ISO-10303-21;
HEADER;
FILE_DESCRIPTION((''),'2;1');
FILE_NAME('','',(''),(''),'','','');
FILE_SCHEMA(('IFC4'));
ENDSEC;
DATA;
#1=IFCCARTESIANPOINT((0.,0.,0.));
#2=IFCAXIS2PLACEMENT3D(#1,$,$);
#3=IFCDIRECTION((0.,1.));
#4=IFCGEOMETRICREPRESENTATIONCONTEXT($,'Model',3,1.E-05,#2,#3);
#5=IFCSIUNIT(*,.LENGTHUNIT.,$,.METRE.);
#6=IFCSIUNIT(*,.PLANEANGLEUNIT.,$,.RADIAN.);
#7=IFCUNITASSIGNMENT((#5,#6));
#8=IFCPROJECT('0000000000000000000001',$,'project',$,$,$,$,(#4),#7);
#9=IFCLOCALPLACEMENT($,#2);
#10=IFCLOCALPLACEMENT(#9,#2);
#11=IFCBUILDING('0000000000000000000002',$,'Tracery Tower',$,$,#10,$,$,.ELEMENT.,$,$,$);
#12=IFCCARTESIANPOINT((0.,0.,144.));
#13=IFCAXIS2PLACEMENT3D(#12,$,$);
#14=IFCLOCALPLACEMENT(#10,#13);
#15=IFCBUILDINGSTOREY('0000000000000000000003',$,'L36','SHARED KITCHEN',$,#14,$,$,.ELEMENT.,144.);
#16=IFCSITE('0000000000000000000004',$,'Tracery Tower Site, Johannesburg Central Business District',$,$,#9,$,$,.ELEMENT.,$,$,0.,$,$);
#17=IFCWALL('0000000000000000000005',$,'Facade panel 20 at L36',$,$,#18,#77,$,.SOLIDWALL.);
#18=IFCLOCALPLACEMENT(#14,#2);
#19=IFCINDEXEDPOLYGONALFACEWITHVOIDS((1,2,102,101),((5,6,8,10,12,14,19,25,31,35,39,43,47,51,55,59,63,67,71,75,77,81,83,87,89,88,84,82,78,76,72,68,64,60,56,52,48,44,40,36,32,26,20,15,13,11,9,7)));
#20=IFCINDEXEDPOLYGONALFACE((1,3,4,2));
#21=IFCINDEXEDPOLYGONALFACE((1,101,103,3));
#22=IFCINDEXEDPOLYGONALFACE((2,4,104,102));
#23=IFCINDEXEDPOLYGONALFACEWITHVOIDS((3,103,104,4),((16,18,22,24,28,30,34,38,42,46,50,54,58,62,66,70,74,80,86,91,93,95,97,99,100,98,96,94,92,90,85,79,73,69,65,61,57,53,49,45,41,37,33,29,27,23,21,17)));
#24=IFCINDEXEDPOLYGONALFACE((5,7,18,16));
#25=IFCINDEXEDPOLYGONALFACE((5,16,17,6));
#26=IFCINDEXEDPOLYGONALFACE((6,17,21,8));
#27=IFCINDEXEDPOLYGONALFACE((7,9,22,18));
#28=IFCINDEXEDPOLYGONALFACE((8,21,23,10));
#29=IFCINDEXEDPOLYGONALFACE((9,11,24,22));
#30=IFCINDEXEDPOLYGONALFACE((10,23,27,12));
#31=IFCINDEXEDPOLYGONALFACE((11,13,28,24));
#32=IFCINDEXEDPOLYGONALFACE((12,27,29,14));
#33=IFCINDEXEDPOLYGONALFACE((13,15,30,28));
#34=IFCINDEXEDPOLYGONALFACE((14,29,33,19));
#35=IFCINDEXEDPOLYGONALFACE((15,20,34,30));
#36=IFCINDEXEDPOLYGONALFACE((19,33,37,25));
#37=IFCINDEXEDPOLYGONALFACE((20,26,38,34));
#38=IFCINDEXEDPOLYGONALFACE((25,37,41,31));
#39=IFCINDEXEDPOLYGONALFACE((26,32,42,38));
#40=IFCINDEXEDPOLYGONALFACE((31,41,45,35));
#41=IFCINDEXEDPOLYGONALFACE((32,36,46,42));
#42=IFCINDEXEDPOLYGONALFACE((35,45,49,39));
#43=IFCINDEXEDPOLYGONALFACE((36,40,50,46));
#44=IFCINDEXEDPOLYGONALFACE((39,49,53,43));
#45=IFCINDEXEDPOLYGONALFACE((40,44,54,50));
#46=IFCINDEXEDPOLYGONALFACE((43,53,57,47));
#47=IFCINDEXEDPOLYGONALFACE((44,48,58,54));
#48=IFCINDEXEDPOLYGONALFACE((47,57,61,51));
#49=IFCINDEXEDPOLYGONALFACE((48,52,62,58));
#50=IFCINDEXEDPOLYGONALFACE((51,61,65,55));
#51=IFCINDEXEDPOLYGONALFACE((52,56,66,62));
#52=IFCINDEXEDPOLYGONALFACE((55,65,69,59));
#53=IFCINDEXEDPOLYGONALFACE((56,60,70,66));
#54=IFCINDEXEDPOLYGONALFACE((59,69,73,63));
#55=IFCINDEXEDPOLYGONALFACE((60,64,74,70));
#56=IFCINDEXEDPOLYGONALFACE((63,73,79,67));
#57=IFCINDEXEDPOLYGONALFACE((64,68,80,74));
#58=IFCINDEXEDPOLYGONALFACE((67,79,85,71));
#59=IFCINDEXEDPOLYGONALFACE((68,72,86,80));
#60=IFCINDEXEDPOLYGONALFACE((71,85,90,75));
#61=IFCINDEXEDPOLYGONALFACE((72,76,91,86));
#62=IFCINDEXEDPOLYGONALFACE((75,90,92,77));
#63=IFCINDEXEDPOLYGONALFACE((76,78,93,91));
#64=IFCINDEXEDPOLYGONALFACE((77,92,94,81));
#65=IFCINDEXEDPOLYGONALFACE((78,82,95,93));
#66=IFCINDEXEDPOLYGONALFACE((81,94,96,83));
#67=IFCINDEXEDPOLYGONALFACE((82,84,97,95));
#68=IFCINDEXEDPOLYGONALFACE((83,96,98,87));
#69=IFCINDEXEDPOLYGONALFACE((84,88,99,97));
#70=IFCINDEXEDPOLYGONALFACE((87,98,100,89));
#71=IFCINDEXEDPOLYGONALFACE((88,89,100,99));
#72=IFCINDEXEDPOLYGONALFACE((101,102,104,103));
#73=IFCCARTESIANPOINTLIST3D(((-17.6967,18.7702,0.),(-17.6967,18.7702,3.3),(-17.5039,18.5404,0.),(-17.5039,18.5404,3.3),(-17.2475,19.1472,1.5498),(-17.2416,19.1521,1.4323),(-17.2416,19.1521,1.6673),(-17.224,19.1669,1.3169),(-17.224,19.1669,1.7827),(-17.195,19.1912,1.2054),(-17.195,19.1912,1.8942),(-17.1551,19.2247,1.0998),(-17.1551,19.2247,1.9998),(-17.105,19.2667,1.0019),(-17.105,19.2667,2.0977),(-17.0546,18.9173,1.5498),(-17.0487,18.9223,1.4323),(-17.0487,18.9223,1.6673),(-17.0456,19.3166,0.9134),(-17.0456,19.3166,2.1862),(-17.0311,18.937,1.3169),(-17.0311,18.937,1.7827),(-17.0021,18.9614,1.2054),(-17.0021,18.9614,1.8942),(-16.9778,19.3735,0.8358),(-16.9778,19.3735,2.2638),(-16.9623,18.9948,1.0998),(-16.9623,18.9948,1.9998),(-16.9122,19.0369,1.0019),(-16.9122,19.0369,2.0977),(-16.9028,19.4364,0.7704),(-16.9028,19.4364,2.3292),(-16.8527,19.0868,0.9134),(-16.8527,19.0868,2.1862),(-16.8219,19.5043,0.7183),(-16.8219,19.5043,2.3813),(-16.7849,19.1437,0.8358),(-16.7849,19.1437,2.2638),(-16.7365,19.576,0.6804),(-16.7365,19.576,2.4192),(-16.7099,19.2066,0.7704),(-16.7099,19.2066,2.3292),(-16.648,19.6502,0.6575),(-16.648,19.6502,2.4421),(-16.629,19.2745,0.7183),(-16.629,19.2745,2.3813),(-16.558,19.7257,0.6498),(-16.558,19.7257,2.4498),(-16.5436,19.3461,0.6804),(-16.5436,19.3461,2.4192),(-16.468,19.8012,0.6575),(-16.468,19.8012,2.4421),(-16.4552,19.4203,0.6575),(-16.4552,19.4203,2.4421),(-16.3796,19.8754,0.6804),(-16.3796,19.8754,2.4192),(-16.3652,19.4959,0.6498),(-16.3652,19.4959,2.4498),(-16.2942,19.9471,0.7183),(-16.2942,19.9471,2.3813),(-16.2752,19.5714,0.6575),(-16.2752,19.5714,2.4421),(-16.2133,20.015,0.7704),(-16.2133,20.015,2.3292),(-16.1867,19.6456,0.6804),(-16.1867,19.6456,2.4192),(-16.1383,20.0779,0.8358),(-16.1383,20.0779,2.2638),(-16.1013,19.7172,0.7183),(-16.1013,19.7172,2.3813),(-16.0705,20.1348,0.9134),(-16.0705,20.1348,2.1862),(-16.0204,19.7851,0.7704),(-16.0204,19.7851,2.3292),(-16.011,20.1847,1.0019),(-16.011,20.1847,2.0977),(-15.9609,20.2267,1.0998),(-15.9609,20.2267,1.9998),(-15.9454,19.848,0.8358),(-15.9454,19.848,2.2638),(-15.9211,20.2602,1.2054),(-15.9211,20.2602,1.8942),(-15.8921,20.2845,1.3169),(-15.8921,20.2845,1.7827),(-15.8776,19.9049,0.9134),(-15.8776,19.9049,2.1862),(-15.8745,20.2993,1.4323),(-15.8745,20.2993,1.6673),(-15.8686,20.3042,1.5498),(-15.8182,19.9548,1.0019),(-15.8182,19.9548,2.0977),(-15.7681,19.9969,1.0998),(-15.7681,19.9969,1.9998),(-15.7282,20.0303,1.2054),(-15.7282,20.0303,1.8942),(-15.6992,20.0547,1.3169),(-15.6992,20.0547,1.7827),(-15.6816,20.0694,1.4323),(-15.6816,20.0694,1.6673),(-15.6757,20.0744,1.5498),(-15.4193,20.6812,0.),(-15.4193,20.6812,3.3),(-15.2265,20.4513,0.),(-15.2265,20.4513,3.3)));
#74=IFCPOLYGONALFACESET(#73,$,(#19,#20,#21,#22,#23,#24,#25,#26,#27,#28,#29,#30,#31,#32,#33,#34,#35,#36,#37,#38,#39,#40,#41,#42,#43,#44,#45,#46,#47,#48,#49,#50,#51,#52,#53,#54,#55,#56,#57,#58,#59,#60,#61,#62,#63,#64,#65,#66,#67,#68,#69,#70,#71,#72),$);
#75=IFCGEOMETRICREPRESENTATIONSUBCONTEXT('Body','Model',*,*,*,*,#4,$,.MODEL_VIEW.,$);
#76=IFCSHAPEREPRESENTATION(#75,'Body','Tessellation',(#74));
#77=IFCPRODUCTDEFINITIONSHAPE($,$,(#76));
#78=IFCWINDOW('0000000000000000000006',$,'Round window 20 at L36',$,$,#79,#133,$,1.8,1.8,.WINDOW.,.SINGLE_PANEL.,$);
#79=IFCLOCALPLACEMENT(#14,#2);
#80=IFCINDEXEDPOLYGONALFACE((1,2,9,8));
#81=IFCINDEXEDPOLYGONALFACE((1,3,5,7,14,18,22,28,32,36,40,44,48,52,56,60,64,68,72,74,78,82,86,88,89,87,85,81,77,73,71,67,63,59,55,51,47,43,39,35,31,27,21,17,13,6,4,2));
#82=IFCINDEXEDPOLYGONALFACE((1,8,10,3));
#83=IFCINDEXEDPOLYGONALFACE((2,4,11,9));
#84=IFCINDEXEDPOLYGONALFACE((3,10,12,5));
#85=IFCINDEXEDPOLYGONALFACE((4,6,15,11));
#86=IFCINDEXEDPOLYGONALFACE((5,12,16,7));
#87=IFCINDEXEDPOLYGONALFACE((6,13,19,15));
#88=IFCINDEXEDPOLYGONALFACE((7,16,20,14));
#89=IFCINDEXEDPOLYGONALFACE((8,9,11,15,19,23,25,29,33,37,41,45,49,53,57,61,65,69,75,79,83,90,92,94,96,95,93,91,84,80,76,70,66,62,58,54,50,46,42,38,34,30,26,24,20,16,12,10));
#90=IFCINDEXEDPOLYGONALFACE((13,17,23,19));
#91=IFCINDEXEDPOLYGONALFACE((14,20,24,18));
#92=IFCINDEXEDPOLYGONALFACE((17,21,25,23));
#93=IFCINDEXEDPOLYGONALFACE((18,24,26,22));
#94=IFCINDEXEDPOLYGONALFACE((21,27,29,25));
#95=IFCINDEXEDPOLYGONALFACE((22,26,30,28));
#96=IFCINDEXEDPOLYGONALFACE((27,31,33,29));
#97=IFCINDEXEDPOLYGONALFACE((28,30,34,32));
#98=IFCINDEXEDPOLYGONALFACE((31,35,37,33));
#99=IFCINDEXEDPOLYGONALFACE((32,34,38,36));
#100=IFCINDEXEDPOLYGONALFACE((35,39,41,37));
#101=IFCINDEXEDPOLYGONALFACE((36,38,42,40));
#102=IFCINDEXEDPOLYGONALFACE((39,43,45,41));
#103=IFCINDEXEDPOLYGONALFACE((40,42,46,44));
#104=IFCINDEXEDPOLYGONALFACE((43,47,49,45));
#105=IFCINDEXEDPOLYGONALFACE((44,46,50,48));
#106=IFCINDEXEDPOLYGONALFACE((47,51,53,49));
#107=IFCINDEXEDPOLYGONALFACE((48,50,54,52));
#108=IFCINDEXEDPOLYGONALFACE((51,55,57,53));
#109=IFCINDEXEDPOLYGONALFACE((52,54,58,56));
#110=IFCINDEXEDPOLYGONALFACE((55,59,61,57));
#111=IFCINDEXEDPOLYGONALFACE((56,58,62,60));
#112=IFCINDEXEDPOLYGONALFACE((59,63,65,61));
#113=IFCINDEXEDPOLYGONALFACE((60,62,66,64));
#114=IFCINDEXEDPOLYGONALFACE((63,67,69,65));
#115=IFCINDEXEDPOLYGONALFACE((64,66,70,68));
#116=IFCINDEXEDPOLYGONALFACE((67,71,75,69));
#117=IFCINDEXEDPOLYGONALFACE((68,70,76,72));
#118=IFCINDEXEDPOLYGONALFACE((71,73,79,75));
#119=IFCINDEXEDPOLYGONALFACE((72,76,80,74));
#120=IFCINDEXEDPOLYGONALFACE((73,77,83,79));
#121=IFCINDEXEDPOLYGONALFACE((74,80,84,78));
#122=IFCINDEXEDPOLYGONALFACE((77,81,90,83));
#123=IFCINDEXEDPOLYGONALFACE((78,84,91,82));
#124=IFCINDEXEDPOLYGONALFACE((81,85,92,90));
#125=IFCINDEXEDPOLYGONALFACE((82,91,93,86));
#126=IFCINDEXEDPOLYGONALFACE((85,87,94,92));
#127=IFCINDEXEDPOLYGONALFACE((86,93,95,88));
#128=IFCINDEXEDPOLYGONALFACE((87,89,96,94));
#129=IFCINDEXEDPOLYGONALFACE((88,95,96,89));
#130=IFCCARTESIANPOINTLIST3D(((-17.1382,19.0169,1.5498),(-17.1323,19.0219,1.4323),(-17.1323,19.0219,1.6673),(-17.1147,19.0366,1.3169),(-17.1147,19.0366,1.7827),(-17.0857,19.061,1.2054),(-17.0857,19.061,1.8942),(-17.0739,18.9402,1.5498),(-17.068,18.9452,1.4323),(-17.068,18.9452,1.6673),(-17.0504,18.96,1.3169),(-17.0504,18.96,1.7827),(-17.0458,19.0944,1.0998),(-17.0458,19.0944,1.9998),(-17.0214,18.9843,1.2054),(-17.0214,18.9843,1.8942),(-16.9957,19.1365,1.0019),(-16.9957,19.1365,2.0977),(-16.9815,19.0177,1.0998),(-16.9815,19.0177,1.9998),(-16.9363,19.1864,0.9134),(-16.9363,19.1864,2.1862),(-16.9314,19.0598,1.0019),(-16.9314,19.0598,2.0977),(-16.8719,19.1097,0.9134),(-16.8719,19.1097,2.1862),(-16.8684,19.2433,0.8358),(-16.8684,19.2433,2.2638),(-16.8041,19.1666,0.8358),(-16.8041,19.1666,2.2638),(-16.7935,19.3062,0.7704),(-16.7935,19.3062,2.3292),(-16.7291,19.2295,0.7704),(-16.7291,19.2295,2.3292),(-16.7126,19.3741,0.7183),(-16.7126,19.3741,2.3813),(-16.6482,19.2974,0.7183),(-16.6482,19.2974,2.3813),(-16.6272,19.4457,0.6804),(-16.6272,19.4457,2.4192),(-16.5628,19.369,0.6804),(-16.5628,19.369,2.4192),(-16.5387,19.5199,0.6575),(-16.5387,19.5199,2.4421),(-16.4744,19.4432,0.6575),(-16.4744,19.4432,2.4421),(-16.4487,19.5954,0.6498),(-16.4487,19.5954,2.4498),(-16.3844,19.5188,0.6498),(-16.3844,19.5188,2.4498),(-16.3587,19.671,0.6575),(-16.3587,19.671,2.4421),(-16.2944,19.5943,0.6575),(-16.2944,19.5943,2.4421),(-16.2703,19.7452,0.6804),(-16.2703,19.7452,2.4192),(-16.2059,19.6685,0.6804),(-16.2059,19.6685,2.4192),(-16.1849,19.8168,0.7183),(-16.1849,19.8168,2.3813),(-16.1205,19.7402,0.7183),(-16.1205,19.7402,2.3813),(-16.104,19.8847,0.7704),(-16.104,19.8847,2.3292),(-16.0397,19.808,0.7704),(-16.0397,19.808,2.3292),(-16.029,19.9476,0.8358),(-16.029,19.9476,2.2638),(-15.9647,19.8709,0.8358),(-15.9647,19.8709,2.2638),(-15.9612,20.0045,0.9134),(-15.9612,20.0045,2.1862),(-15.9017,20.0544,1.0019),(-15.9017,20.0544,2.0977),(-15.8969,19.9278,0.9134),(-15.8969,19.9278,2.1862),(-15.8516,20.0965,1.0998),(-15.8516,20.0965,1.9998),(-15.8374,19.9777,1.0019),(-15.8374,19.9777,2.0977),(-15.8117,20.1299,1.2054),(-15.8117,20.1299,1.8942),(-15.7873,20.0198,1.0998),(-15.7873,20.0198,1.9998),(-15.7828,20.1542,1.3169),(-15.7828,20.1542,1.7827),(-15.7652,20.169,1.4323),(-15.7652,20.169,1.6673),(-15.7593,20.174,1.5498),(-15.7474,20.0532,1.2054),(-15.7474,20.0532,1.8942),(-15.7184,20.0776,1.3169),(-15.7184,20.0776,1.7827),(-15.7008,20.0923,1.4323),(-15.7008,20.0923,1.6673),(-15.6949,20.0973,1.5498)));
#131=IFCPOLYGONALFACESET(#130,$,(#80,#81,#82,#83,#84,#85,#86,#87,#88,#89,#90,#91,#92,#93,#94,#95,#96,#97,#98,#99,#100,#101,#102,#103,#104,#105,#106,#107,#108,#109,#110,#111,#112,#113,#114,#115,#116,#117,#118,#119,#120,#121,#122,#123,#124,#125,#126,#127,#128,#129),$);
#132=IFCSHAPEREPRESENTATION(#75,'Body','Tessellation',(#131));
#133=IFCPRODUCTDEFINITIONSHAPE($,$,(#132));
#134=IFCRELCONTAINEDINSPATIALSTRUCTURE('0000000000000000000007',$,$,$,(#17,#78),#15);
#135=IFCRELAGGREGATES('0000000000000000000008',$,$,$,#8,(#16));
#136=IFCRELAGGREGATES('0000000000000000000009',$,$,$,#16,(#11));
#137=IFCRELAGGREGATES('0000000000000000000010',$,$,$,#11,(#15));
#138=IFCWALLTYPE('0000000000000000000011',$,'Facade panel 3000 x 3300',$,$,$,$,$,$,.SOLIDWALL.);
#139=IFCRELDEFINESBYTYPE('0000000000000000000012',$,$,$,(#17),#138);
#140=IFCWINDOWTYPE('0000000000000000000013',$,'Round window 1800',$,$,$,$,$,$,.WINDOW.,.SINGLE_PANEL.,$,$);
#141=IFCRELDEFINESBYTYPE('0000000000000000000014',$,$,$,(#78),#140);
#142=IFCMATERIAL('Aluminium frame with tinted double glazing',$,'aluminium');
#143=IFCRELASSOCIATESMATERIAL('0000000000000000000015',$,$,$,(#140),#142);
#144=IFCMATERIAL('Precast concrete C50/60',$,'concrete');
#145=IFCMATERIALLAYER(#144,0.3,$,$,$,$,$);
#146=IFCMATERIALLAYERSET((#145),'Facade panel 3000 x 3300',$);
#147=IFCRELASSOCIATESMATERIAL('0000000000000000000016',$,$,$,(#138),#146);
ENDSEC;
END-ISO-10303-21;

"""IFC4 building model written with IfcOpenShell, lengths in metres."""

from ifc_helpers import new_model, si_unit, direction, frame, frame_2d, origin, origin_2d, place, context, subcontext, project, spatial, rectangle, circle, extrude, material, layer, layer_set, type_object, element, fill, save


model = new_model("IFC4")

# Units and contexts
model_context = context("Model", 3, precision=1e-05, world=origin(), true_north=direction((0.0, 1.0)))
body_context = subcontext(model_context, "Body", "Model", "MODEL_VIEW")
ifc_project = project(units=[si_unit("LENGTHUNIT", "METRE"), si_unit("PLANEANGLEUNIT", "RADIAN")], contexts=[model_context])

# Site, building, storey
site_placement = place(None, origin())
site = spatial("IfcSite", under=ifc_project, at=site_placement, Name="Tracery Tower Site, Johannesburg Central Business District", CompositionType="ELEMENT", RefElevation=0.0)
building_placement = place(site_placement, origin())
building = spatial("IfcBuilding", under=site, at=building_placement, Name="Tracery Tower", CompositionType="ELEMENT")
storey_placement = place(building_placement, frame((0.0, 0.0, 144.0)))
storey = spatial("IfcBuildingStorey", under=building, at=storey_placement, Name="L36", Description="SHARED KITCHEN", CompositionType="ELEMENT", Elevation=144.0)

# Wall, opening, window
ifc_material_1 = material(Name="Aluminium frame with tinted double glazing", Category="aluminium")
window_type = type_object("IfcWindowType", Name="Round window 1800", PartitioningType="SINGLE_PANEL", PredefinedType="WINDOW", material=ifc_material_1)
ifc_material_2 = material(Name="Precast concrete C50/60", Category="concrete")
ifc_layer_1 = layer(ifc_material_2, 0.3)
ifc_layer_set_1 = layer_set([ifc_layer_1], Name="Facade panel 3000 x 3300")
wall_type_1 = type_object("IfcWallType", Name="Facade panel 3000 x 3300", PredefinedType="SOLIDWALL", material=ifc_layer_set_1)
wall_1_placement = place(storey_placement, frame((-15.323, 20.5662, 0.0), z_axis=(0.0, 0.0, 1.0), x_axis=(-0.766049, -0.642782, 0.0)))
wall_1 = element("IfcWall", 1, at=wall_1_placement, inside=storey, type_object=wall_type_1, Name="Facade panel 20 at L36", PredefinedType="SOLIDWALL", context=body_context, shape_type="SweptSolid", body=[
    extrude(rectangle(XDim=2.9729, YDim=0.3, at=frame_2d((1.4863, 0.0))), origin(), (0.0, 0.0, 1.0), 3.3),
])
opening_1_placement = place(wall_1_placement, frame((1.4863, 0.0, 1.5498)))
opening_1 = element("IfcOpeningElement", 2, at=opening_1_placement, cuts=wall_1, PredefinedType="OPENING", context=body_context, shape_type="SweptSolid", body=[
    extrude(circle(Radius=0.9, at=origin_2d()), frame((0.0, 0.1599, 0.0), z_axis=(0.0, -1.0, 0.0), x_axis=(1.0, 0.0, 0.0)), (0.0, 0.0, 1.0), 0.3201),
])
window_1_placement = place(opening_1_placement, origin())
window_1 = element("IfcWindow", 3, at=window_1_placement, inside=storey, type_object=window_type, Name="Round window 20 at L36", OverallHeight=1.8, OverallWidth=1.8, PartitioningType="SINGLE_PANEL", PredefinedType="WINDOW", context=body_context, shape_type="SweptSolid", body=[
    extrude(circle(Radius=0.9, at=origin_2d()), frame((0.0, 0.1201, 0.0), z_axis=(0.0, -1.0, 0.0), x_axis=(1.0, 0.0, 0.0)), (0.0, 0.0, 1.0), 0.1001),
])
fill(opening_1, window_1)

save(model, "model.ifc")
